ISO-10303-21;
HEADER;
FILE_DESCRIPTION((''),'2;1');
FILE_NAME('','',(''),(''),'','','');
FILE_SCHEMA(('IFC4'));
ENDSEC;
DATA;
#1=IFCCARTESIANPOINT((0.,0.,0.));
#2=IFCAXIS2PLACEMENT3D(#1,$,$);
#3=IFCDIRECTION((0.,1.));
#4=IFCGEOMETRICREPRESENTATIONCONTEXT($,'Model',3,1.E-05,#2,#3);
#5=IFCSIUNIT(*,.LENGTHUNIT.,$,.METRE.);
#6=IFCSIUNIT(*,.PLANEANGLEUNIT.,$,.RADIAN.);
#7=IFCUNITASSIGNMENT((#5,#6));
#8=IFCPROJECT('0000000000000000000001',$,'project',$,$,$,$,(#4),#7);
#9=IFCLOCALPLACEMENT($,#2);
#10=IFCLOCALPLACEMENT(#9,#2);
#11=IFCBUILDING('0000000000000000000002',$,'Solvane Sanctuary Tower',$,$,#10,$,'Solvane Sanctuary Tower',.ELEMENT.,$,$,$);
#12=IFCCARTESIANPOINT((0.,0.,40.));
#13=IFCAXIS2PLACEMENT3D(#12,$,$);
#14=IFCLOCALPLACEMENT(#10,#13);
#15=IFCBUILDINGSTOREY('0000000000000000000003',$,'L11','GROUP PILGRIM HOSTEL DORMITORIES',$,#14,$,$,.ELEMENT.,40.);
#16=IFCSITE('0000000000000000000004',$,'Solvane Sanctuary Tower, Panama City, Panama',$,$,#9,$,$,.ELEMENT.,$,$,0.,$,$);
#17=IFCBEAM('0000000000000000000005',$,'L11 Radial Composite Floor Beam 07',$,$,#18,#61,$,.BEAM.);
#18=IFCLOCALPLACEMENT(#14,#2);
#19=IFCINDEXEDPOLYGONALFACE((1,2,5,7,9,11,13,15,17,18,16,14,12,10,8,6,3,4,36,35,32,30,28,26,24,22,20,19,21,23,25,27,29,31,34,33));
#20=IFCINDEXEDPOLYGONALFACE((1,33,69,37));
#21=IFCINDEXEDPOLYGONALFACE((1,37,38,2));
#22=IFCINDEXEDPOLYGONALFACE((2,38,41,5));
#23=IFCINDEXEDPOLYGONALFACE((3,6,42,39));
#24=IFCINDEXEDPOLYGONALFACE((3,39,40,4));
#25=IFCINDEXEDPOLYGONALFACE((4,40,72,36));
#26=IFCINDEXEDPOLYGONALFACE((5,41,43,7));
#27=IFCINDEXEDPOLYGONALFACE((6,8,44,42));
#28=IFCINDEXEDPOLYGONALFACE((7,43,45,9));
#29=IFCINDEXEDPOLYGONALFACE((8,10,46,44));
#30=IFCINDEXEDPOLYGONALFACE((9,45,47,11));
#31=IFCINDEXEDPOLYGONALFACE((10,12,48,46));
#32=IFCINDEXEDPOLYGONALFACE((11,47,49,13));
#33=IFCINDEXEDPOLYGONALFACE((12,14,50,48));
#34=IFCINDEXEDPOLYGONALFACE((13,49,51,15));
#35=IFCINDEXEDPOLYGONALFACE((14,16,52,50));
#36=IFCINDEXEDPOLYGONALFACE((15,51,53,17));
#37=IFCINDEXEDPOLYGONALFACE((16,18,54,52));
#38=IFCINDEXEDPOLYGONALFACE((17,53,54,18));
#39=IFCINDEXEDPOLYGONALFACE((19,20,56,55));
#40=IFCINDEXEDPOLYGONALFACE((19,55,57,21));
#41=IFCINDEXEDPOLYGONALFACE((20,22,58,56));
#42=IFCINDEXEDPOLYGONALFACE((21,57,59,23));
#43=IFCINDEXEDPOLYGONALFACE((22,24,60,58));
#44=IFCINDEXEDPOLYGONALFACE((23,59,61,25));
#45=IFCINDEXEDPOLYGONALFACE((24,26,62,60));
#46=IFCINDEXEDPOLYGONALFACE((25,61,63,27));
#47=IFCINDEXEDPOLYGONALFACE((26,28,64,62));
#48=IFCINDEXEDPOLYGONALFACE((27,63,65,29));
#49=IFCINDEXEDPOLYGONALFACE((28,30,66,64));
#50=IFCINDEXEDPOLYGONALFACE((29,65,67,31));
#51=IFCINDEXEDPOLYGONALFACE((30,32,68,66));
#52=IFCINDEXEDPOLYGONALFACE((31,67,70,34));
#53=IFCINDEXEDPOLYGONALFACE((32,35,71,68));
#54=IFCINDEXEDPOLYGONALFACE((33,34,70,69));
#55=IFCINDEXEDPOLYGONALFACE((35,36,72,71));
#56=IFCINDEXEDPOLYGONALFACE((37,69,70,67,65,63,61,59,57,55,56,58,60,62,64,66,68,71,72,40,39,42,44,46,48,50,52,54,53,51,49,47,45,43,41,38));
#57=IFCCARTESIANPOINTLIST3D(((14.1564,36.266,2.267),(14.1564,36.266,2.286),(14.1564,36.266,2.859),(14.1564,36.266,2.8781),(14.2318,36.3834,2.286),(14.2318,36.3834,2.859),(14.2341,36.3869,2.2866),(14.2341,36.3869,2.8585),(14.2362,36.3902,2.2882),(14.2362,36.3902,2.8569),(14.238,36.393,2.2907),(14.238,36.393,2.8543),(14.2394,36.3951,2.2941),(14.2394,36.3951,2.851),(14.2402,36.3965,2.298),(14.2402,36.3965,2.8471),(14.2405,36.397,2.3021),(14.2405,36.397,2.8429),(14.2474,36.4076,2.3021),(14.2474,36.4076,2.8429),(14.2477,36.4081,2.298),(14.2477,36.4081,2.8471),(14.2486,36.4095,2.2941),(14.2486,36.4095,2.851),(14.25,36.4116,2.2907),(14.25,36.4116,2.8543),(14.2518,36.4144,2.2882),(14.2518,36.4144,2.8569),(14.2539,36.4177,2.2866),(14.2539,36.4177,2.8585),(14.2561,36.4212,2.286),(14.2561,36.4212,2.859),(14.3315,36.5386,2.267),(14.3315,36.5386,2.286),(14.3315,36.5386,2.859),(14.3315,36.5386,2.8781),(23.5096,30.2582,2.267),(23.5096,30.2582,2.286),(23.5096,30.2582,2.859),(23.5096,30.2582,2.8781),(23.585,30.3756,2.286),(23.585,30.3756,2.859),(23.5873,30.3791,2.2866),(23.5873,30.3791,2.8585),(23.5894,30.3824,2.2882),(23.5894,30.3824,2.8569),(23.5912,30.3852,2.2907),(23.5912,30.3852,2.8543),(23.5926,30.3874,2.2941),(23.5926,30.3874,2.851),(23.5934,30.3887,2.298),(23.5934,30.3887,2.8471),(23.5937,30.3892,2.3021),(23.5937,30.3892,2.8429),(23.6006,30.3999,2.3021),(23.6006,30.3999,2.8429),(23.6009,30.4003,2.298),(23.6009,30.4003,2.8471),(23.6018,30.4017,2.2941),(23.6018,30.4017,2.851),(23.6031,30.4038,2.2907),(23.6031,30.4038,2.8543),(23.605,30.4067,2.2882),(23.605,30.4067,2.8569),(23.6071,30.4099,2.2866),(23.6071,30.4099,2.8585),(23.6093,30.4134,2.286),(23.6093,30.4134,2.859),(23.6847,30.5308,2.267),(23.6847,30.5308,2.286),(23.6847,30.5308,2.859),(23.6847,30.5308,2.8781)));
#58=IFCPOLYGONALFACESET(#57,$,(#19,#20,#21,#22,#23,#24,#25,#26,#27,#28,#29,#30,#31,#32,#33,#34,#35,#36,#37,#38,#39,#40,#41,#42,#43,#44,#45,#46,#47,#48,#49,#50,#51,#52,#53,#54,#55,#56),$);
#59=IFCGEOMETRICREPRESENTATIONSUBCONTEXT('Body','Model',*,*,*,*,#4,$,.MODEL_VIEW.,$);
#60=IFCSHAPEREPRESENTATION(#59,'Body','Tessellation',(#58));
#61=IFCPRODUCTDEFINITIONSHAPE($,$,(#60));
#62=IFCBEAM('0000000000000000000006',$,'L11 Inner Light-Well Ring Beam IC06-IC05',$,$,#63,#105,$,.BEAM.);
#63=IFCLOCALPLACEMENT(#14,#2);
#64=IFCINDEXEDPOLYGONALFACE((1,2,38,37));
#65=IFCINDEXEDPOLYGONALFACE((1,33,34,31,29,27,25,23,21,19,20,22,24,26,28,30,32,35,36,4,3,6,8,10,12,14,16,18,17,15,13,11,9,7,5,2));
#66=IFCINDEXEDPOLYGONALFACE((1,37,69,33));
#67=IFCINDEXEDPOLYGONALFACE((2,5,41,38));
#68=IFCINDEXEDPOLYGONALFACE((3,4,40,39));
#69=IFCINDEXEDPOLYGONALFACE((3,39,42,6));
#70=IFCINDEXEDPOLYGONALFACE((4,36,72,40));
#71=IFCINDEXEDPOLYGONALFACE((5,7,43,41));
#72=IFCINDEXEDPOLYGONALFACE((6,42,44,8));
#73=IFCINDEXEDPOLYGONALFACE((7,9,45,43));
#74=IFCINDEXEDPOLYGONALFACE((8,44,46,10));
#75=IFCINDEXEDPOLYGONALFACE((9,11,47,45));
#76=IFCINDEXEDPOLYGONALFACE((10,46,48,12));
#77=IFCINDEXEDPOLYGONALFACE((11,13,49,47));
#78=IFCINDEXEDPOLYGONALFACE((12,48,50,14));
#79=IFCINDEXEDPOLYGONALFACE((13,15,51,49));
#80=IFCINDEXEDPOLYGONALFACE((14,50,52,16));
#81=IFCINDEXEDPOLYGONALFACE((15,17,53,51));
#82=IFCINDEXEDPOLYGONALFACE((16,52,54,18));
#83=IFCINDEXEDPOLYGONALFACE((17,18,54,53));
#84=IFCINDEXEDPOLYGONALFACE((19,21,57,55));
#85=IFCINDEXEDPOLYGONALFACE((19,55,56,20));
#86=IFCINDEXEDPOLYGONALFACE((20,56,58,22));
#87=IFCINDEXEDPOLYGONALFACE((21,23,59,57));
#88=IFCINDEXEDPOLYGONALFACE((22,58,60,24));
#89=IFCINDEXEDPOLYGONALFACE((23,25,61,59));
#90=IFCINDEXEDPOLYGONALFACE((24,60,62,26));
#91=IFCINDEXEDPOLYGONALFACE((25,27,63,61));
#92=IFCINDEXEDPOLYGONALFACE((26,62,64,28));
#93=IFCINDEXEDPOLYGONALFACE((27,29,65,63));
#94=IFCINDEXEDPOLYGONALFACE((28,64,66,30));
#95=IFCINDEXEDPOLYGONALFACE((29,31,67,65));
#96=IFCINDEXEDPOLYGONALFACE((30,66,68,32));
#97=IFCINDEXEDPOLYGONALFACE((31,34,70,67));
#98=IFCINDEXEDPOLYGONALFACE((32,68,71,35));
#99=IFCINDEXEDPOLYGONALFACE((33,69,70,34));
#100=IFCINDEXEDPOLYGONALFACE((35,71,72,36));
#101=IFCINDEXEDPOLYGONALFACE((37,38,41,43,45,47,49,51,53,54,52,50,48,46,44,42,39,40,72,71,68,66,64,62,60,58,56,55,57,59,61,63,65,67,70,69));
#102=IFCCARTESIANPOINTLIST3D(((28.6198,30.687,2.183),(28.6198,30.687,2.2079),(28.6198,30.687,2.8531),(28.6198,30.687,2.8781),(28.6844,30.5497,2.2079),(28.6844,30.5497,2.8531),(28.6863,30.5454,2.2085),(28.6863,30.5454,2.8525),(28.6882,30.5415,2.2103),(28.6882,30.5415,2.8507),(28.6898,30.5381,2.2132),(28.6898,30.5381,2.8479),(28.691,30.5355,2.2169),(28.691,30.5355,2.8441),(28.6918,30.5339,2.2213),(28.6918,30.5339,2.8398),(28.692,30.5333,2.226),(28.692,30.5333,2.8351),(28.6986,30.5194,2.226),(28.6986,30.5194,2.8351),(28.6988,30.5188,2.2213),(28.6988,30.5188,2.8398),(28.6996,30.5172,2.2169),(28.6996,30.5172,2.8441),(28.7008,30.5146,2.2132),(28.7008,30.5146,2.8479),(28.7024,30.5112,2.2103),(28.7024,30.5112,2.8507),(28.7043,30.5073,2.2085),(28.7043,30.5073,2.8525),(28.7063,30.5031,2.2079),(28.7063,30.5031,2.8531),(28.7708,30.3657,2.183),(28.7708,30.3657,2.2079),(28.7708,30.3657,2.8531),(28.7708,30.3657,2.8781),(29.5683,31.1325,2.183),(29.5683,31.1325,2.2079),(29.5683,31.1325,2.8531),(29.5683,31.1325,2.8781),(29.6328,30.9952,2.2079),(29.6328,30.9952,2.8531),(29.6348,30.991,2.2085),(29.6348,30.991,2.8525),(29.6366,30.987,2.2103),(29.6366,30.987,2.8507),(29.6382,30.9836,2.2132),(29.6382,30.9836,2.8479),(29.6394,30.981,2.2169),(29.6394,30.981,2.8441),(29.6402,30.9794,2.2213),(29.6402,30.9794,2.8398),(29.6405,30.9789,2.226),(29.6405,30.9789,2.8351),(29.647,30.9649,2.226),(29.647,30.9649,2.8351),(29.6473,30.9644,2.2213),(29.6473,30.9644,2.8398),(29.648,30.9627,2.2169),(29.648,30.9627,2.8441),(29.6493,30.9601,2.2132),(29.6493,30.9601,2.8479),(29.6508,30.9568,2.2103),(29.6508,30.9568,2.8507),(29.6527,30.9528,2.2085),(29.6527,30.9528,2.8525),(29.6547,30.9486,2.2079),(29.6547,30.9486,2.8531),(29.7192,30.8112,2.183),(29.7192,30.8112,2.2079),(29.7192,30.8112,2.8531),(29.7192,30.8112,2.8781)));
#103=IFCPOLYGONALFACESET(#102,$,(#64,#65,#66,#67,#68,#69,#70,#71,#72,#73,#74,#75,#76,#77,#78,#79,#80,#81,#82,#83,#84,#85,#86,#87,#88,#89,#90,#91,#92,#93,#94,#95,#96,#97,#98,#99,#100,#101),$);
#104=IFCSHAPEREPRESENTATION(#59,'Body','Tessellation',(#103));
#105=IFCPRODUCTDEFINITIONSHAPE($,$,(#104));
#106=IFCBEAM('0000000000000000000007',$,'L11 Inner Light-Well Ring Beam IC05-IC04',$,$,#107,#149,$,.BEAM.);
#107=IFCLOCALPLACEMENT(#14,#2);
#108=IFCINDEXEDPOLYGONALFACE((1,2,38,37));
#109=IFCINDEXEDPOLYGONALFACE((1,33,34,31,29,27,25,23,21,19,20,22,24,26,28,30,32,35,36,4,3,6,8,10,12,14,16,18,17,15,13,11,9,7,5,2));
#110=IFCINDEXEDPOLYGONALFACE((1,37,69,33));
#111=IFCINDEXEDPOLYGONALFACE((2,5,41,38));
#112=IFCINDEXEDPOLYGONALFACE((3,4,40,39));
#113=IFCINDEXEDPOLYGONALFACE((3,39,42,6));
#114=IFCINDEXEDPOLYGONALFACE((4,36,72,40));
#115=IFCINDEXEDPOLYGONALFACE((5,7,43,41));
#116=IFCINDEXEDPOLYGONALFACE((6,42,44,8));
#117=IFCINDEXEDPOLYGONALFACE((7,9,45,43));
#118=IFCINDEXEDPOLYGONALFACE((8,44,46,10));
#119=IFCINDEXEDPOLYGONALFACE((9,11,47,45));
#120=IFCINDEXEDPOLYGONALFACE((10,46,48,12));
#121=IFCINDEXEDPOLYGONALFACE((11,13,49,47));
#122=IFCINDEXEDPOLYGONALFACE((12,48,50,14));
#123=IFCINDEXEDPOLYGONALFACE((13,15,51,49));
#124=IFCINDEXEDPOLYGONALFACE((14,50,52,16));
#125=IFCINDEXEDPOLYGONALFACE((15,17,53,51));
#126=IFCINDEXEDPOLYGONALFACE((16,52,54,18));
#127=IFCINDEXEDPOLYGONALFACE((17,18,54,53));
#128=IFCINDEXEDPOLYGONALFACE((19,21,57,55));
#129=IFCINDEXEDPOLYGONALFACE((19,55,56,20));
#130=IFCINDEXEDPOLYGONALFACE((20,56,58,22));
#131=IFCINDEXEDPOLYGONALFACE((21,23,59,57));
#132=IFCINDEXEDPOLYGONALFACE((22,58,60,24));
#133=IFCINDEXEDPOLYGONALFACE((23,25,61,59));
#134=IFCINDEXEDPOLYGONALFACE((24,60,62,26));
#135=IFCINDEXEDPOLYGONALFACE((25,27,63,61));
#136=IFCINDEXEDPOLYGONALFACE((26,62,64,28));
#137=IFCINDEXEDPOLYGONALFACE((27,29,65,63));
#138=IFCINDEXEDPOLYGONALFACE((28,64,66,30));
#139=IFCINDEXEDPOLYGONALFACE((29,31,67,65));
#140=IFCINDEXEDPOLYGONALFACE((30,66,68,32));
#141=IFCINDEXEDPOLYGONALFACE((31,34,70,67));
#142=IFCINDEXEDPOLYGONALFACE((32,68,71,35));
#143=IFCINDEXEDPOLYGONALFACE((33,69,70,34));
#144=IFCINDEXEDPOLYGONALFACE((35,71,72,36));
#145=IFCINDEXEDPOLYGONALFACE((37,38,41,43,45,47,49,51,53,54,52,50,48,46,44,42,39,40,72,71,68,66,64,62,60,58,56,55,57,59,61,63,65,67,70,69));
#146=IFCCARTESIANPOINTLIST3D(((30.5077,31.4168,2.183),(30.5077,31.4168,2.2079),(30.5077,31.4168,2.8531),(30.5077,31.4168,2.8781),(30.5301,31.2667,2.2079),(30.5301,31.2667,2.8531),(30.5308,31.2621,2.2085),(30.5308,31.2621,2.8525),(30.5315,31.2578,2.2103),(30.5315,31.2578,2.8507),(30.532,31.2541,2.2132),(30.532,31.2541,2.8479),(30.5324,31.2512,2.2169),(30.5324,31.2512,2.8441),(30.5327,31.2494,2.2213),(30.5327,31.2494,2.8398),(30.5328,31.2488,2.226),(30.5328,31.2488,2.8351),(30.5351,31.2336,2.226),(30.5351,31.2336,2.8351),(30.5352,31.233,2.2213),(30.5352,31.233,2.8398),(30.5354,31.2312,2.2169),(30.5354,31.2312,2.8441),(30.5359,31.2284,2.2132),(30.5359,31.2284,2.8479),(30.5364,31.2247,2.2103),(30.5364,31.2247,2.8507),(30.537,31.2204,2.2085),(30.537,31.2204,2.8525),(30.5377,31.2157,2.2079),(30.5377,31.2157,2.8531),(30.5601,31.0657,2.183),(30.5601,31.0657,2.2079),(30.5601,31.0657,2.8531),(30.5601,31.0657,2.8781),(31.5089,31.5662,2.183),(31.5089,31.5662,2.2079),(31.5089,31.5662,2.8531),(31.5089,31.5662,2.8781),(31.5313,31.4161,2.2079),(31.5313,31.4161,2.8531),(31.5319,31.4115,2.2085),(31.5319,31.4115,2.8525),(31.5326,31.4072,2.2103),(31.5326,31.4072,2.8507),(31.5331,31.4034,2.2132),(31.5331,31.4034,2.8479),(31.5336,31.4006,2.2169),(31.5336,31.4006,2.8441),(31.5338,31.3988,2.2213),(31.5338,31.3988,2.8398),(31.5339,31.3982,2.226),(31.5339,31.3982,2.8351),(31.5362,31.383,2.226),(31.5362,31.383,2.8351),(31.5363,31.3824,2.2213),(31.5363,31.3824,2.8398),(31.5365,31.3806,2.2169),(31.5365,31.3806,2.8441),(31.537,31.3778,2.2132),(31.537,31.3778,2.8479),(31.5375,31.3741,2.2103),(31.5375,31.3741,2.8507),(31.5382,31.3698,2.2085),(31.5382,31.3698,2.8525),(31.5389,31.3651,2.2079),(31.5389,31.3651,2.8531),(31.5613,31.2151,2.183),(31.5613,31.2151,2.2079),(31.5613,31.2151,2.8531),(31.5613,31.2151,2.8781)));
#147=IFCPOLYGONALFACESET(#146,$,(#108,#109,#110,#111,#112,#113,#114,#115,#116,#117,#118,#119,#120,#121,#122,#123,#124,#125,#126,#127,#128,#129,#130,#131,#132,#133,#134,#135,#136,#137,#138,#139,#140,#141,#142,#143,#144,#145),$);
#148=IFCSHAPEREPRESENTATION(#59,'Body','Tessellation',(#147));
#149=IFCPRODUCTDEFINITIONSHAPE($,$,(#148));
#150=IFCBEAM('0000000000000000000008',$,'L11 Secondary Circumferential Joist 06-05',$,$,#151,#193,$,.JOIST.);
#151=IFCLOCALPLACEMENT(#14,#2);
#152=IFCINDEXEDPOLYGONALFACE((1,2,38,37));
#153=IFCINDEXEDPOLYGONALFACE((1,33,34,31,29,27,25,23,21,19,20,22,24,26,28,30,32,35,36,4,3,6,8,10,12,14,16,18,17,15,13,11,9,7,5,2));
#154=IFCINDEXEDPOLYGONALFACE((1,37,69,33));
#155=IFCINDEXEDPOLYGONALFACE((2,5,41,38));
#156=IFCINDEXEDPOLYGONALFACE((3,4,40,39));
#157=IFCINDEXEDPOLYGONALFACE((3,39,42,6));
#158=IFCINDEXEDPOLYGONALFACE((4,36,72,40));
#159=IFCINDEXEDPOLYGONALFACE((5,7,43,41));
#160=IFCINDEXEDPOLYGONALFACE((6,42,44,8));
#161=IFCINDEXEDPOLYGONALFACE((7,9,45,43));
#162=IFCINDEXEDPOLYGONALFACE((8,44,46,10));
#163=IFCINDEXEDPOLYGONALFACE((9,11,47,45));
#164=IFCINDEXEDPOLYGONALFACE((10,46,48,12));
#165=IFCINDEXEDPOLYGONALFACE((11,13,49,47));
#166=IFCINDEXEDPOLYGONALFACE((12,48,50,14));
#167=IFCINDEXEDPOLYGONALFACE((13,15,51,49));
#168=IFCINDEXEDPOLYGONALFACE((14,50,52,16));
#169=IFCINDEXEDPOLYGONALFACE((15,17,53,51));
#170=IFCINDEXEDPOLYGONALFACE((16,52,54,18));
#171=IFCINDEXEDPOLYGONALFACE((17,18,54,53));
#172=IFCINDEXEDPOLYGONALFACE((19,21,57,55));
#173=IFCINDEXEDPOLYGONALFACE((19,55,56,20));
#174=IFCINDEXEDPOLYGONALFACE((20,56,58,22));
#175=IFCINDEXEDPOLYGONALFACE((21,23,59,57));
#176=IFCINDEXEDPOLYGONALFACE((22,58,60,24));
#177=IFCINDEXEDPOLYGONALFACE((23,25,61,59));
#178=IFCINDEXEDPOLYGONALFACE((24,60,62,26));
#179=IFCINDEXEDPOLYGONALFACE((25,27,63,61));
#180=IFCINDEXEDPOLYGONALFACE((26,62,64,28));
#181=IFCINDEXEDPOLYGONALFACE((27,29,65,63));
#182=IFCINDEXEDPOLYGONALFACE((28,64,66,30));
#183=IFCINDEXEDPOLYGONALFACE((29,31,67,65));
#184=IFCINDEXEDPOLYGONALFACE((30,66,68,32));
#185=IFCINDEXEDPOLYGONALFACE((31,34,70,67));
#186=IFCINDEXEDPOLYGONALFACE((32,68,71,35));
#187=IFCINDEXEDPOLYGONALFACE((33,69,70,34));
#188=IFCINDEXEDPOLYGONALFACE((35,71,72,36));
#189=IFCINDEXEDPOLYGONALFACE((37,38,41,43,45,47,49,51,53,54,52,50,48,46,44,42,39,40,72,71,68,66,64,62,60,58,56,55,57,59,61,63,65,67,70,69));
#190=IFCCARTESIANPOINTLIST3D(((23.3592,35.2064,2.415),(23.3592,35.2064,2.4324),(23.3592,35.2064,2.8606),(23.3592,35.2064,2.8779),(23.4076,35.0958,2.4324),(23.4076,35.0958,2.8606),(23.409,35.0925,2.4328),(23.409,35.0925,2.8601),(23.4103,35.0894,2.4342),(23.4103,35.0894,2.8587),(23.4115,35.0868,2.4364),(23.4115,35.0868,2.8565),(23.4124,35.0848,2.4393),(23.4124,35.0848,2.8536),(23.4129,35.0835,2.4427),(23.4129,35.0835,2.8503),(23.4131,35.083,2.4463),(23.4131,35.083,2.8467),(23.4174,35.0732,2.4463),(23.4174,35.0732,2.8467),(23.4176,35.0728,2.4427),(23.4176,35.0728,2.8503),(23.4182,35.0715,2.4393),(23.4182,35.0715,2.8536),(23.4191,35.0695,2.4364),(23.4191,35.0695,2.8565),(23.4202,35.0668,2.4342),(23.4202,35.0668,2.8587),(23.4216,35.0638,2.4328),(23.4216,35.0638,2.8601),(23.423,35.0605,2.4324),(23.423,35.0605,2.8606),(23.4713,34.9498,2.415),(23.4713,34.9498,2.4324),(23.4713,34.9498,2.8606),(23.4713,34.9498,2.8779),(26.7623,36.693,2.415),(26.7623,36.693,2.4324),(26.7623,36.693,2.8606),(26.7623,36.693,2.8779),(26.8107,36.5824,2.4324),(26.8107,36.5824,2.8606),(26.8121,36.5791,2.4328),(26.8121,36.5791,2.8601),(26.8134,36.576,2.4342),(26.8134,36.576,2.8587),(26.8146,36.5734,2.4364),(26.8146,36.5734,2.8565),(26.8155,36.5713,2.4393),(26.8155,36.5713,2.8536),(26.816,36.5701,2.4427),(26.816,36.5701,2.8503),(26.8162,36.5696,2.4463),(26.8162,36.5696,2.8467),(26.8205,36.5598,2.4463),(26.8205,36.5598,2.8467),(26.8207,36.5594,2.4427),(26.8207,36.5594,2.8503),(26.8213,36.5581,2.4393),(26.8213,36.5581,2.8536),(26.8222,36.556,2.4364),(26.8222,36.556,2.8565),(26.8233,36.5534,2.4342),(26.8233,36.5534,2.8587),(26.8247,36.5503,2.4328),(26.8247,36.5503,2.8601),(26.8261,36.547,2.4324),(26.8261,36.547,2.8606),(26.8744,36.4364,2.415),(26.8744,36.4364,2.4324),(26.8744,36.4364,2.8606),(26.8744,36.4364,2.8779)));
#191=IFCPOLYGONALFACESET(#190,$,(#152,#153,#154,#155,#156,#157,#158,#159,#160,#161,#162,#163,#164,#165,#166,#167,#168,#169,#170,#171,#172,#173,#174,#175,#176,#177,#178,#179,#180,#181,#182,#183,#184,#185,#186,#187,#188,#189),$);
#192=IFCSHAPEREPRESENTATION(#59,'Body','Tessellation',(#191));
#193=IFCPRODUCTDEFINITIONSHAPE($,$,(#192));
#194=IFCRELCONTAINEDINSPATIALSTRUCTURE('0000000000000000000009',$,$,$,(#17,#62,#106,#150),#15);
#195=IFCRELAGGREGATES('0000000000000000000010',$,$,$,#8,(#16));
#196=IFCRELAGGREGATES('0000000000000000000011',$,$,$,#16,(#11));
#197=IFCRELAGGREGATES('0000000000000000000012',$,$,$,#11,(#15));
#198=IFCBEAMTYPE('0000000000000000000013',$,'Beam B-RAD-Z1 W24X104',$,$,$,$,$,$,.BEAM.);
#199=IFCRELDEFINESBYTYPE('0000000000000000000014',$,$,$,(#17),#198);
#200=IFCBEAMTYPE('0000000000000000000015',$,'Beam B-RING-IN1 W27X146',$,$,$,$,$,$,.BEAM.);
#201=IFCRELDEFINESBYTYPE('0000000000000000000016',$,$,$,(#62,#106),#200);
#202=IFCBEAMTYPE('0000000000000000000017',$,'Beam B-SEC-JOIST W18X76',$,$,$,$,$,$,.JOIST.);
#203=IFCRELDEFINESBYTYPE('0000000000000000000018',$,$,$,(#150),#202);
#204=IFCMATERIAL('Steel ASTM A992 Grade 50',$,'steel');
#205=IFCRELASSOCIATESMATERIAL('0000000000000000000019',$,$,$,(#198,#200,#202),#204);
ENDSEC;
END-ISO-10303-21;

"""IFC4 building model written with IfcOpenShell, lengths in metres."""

from ifc_helpers import new_model, si_unit, direction, frame, origin, origin_2d, place, context, subcontext, project, spatial, i_section, extrude, material, material_profile, profile_set, type_object, element, save


model = new_model("IFC4")

# Units and contexts
model_context = context("Model", 3, precision=1e-05, world=origin(), true_north=direction((0.0, 1.0)))
body_context = subcontext(model_context, "Body", "Model", "MODEL_VIEW")
ifc_project = project(units=[si_unit("LENGTHUNIT", "METRE"), si_unit("PLANEANGLEUNIT", "RADIAN")], contexts=[model_context])

# Site, building, storey
site_placement = place(None, origin())
site = spatial("IfcSite", under=ifc_project, at=site_placement, Name="Solvane Sanctuary Tower, Panama City, Panama", CompositionType="ELEMENT", RefElevation=0.0)
building_placement = place(site_placement, origin())
building = spatial("IfcBuilding", under=site, at=building_placement, Name="Solvane Sanctuary Tower", LongName="Solvane Sanctuary Tower", CompositionType="ELEMENT")
storey_placement = place(building_placement, frame((0.0, 0.0, 40.0)))
storey = spatial("IfcBuildingStorey", under=building, at=storey_placement, Name="L11", Description="GROUP PILGRIM HOSTEL DORMITORIES", CompositionType="ELEMENT", Elevation=40.0)

# Beams
ifc_material_1 = material(Name="Steel ASTM A992 Grade 50", Category="steel")
ifc_material_profile_1 = material_profile(ifc_material_1, i_section(OverallWidth=0.324, OverallDepth=0.6111, WebThickness=0.0127, FlangeThickness=0.019, FilletRadius=0.0161, at=origin_2d()), Name="W24X104")
ifc_profile_set_1 = profile_set([ifc_material_profile_1], Name="Steel ASTM A992 Grade 50")
beam_type_1 = type_object("IfcBeamType", Name="Beam B-RAD-Z1 W24X104", PredefinedType="BEAM", material=ifc_profile_set_1)
beam_1_placement = place(storey_placement, frame((23.5972, 30.3945, 2.5725), z_axis=(-0.841383, 0.540439, 0.0), x_axis=(-0.540439, -0.841383, 0.0)))
element("IfcBeam", 1, at=beam_1_placement, inside=storey, type_object=beam_type_1, Name="L11 Radial Composite Floor Beam 07", PredefinedType="BEAM", context=body_context, shape_type="SweptSolid", body=[
    extrude(i_section(OverallWidth=0.324, OverallDepth=0.6111, WebThickness=0.0127, FlangeThickness=0.019, FilletRadius=0.0161, at=origin_2d()), origin(), (0.0, 0.0, 1.0), 11.1165),
])
ifc_material_profile_2 = material_profile(ifc_material_1, i_section(OverallWidth=0.355, OverallDepth=0.6951, WebThickness=0.0154, FlangeThickness=0.0249, FilletRadius=0.0181, at=origin_2d()), Name="W27X146")
ifc_profile_set_2 = profile_set([ifc_material_profile_2], Name="Steel ASTM A992 Grade 50")
beam_type_2 = type_object("IfcBeamType", Name="Beam B-RING-IN1 W27X146", PredefinedType="BEAM", material=ifc_profile_set_2)
beam_2_placement = place(storey_placement, frame((28.6953, 30.5264, 2.5305), z_axis=(0.905109, 0.42518, 0.0), x_axis=(-0.42518, 0.905109, 0.0)))
element("IfcBeam", 2, at=beam_2_placement, inside=storey, type_object=beam_type_2, Name="L11 Inner Light-Well Ring Beam IC06-IC05", PredefinedType="BEAM", context=body_context, shape_type="SweptSolid", body=[
    extrude(i_section(OverallWidth=0.355, OverallDepth=0.6951, WebThickness=0.0154, FlangeThickness=0.0249, FilletRadius=0.0181, at=origin_2d()), origin(), (0.0, 0.0, 1.0), 1.0479),
])
beam_3_placement = place(storey_placement, frame((30.5339, 31.2412, 2.5305), z_axis=(0.989048, 0.147597, 0.0), x_axis=(-0.147597, 0.989048, 0.0)))
element("IfcBeam", 3, at=beam_3_placement, inside=storey, type_object=beam_type_2, Name="L11 Inner Light-Well Ring Beam IC05-IC04", PredefinedType="BEAM", context=body_context, shape_type="SweptSolid", body=[
    extrude(i_section(OverallWidth=0.355, OverallDepth=0.6951, WebThickness=0.0154, FlangeThickness=0.0249, FilletRadius=0.0181, at=origin_2d()), origin(), (0.0, 0.0, 1.0), 1.0122),
])
ifc_material_profile_3 = material_profile(ifc_material_1, i_section(OverallWidth=0.28, OverallDepth=0.4629, WebThickness=0.0107, FlangeThickness=0.0173, FilletRadius=0.0139, at=origin_2d()), Name="W18X76")
ifc_profile_set_3 = profile_set([ifc_material_profile_3], Name="Steel ASTM A992 Grade 50")
beam_type_3 = type_object("IfcBeamType", Name="Beam B-SEC-JOIST W18X76", PredefinedType="JOIST", material=ifc_profile_set_3)
beam_4_placement = place(storey_placement, frame((23.4153, 35.0781, 2.6465), z_axis=(0.916382, 0.400305, 0.0), x_axis=(-0.400305, 0.916382, 0.0)))
element("IfcBeam", 4, at=beam_4_placement, inside=storey, type_object=beam_type_3, Name="L11 Secondary Circumferential Joist 06-05", PredefinedType="JOIST", context=body_context, shape_type="SweptSolid", body=[
    extrude(i_section(OverallWidth=0.28, OverallDepth=0.4629, WebThickness=0.0107, FlangeThickness=0.0173, FilletRadius=0.0139, at=origin_2d()), origin(), (0.0, 0.0, 1.0), 3.7136),
])

save(model, "model.ifc")
